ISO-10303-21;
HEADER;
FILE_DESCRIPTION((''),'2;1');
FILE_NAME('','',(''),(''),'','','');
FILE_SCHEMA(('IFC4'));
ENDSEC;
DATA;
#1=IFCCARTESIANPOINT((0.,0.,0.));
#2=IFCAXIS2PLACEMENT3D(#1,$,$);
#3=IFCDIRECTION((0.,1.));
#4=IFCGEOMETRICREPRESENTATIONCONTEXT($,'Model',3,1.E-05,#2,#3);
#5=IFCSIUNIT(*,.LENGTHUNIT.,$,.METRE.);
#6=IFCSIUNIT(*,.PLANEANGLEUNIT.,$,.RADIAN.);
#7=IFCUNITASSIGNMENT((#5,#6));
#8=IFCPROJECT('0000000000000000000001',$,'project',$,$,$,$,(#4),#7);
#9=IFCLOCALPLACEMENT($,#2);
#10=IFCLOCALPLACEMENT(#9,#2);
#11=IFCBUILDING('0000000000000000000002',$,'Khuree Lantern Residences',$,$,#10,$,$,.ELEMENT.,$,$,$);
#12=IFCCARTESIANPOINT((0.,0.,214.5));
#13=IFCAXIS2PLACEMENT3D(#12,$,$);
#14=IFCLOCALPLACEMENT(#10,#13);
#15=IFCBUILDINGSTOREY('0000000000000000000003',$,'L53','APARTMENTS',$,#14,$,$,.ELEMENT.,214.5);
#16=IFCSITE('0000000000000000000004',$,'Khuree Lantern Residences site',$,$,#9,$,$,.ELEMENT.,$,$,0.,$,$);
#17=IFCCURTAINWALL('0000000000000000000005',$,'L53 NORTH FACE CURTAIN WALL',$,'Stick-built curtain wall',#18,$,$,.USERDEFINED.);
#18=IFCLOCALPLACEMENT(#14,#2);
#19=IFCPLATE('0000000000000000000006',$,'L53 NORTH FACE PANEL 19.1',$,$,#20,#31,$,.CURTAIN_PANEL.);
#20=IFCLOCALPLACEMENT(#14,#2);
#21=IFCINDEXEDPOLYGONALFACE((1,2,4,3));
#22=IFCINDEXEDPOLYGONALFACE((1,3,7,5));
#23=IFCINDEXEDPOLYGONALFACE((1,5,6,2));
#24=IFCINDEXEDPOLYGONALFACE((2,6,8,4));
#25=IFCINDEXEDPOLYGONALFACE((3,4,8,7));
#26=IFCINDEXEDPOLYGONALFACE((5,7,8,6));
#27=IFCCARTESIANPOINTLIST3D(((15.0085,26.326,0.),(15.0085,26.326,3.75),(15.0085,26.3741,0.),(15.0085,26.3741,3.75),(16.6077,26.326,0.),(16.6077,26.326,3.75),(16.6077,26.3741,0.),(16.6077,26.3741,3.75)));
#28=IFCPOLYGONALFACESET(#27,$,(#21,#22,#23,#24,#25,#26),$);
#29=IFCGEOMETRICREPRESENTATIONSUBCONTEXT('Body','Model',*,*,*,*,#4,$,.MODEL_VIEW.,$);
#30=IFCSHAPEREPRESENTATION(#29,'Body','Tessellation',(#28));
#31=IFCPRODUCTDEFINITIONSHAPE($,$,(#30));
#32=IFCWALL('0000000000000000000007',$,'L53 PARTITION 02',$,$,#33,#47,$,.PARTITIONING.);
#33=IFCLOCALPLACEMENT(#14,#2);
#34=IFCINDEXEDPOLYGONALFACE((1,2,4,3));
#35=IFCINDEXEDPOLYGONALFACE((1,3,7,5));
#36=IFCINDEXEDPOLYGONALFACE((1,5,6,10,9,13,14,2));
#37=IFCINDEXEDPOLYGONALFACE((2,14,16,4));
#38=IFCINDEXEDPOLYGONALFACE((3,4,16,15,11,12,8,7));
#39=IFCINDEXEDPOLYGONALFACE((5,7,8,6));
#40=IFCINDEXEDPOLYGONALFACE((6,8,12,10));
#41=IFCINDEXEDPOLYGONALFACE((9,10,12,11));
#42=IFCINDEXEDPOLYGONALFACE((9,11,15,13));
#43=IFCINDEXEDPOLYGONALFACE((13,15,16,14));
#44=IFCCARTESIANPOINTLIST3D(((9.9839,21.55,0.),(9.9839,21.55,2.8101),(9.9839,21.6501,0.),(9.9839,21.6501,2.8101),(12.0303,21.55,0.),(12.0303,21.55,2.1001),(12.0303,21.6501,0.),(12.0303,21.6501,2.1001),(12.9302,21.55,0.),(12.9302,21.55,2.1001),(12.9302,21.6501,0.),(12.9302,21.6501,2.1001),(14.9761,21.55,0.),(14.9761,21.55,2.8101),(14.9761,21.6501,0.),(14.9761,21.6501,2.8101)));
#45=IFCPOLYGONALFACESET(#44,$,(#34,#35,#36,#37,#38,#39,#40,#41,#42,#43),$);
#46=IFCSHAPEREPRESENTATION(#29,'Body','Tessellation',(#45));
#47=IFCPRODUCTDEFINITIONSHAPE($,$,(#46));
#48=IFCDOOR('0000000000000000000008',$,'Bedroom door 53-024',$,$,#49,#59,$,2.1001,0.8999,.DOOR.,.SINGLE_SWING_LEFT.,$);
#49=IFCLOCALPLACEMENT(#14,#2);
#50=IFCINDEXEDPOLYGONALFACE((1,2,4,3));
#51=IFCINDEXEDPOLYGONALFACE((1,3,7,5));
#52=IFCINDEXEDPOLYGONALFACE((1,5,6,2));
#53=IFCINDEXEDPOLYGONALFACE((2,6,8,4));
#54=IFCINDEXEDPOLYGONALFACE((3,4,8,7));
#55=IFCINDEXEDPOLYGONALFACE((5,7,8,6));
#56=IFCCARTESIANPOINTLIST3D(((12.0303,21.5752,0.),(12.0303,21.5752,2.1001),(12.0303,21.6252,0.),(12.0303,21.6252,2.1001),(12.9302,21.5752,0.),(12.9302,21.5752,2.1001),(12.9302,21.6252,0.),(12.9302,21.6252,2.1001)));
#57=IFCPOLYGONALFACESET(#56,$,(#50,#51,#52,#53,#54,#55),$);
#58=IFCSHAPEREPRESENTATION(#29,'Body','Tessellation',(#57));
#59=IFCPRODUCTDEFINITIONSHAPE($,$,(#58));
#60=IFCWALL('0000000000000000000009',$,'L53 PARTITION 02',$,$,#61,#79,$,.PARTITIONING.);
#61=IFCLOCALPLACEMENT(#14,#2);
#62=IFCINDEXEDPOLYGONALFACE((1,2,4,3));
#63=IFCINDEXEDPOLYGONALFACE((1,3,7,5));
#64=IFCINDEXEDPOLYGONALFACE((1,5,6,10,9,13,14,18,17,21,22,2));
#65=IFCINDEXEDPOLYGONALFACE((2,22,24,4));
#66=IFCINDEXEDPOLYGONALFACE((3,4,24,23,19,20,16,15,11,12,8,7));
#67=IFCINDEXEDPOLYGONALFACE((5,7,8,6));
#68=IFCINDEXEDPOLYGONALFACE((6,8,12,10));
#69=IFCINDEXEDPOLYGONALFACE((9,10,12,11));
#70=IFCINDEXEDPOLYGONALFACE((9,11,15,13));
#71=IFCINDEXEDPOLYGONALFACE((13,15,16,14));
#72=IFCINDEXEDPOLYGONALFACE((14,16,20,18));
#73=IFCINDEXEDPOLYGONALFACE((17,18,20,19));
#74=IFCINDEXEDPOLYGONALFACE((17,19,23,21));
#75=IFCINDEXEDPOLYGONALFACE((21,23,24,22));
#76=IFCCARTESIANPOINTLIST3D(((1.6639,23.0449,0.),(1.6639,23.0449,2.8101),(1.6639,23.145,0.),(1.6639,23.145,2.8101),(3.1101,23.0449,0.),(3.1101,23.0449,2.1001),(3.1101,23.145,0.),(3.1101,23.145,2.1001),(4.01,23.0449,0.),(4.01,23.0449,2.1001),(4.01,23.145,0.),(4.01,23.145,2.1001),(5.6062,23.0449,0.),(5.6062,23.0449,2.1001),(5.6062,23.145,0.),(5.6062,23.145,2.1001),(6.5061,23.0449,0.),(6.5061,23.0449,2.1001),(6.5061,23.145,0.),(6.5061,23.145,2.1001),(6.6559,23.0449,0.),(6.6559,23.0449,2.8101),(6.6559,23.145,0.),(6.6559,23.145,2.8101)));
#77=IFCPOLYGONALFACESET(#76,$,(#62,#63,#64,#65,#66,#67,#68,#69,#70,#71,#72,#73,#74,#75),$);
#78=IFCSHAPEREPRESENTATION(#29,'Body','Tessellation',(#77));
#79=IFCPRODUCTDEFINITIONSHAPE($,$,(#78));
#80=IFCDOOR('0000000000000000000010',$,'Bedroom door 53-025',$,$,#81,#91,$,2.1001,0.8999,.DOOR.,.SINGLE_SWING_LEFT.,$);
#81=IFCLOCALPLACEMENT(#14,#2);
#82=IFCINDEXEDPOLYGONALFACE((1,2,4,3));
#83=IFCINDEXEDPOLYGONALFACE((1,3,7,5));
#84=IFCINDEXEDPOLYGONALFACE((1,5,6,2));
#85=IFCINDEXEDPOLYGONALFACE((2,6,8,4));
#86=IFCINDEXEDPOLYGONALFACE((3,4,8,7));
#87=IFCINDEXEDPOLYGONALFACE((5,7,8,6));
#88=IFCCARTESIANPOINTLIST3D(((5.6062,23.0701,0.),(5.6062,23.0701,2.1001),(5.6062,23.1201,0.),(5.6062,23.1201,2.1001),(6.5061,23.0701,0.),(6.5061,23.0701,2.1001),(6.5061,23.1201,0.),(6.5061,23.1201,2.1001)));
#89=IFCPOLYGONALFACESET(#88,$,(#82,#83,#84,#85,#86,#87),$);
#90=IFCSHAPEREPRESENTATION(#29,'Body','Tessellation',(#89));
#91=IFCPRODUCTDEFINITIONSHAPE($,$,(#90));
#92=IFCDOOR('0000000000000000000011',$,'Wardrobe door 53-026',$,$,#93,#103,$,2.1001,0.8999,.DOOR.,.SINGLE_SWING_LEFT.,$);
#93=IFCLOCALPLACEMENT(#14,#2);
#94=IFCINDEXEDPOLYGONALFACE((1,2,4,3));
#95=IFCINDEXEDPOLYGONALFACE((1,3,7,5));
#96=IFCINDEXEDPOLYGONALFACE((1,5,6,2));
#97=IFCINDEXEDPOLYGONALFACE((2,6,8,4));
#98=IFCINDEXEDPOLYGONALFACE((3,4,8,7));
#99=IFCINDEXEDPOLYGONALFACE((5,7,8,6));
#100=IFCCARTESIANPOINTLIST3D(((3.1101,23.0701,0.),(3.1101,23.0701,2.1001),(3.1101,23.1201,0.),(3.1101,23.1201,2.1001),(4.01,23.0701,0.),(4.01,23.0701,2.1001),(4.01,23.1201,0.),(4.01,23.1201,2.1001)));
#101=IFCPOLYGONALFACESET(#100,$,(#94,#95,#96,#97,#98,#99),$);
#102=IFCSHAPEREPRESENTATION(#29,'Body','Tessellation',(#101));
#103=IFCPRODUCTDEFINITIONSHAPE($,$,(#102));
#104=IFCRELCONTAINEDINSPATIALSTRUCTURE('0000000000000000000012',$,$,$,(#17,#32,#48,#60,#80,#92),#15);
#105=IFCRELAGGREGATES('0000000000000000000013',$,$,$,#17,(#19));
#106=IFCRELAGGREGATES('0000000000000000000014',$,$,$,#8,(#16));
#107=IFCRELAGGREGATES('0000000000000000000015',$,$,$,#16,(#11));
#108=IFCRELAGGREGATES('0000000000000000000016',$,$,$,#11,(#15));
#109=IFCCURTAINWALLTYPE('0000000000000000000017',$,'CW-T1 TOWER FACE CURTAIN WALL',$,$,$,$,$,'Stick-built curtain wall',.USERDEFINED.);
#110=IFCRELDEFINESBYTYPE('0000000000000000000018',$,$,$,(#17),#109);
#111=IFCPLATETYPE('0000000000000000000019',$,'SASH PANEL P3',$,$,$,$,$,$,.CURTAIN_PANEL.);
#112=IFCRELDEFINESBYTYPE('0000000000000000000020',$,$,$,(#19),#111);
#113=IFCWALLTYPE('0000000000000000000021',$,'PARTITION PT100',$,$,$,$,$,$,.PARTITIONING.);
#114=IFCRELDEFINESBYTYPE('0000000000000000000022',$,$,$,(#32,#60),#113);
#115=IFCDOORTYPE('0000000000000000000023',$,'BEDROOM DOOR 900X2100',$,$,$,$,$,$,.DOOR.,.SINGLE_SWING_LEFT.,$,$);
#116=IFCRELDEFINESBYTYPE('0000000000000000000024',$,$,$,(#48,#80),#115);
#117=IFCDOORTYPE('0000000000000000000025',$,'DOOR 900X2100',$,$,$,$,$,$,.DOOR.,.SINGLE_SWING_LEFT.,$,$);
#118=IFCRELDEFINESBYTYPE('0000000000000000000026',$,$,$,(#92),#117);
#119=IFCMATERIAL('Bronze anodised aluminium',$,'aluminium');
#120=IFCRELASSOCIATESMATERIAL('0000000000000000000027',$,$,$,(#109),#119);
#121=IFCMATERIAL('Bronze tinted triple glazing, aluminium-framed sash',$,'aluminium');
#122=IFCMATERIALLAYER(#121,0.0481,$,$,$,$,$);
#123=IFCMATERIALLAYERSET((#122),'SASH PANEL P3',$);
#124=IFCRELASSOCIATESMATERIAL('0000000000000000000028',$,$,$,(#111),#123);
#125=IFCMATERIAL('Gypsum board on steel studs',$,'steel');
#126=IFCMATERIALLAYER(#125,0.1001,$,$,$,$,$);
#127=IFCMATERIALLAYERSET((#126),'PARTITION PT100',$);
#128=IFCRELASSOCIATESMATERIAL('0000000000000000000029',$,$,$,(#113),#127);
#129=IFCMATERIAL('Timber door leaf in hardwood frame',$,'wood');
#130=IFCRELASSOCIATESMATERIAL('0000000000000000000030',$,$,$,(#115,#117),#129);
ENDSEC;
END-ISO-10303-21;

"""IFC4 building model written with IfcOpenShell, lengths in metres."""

from ifc_helpers import new_model, si_unit, direction, frame, frame_2d, origin, origin_2d, place, context, subcontext, project, spatial, rectangle, extrude, material, layer, layer_set, type_object, element, fill, aggregate, save


model = new_model("IFC4")

# Units and contexts
model_context = context("Model", 3, precision=1e-05, world=origin(), true_north=direction((0.0, 1.0)))
body_context = subcontext(model_context, "Body", "Model", "MODEL_VIEW")
ifc_project = project(units=[si_unit("LENGTHUNIT", "METRE"), si_unit("PLANEANGLEUNIT", "RADIAN")], contexts=[model_context])

# Site, building, storey
site_placement = place(None, origin())
site = spatial("IfcSite", under=ifc_project, at=site_placement, Name="Khuree Lantern Residences site", CompositionType="ELEMENT", RefElevation=0.0)
building_placement = place(site_placement, origin())
building = spatial("IfcBuilding", under=site, at=building_placement, Name="Khuree Lantern Residences", CompositionType="ELEMENT")
storey_placement = place(building_placement, frame((0.0, 0.0, 214.5)))
storey = spatial("IfcBuildingStorey", under=building, at=storey_placement, Name="L53", Description="APARTMENTS", CompositionType="ELEMENT", Elevation=214.5)

# Curtain wall
ifc_material_1 = material(Name="Bronze anodised aluminium", Category="aluminium")
curtain_wall_type = type_object("IfcCurtainWallType", Name="CW-T1 TOWER FACE CURTAIN WALL", ElementType="Stick-built curtain wall", PredefinedType="USERDEFINED", material=ifc_material_1)
curtain_wall_placement = place(storey_placement, origin())
curtain_wall = element("IfcCurtainWall", 1, at=curtain_wall_placement, inside=storey, type_object=curtain_wall_type, Name="L53 NORTH FACE CURTAIN WALL", ObjectType="Stick-built curtain wall", PredefinedType="USERDEFINED")

# Plate
ifc_material_2 = material(Name="Bronze tinted triple glazing, aluminium-framed sash", Category="aluminium")
ifc_layer_1 = layer(ifc_material_2, 0.0481)
ifc_layer_set_1 = layer_set([ifc_layer_1], Name="SASH PANEL P3")
plate_type_1 = type_object("IfcPlateType", Name="SASH PANEL P3", PredefinedType="CURTAIN_PANEL", material=ifc_layer_set_1)
plate_1_placement = place(storey_placement, frame((15.8081, 26.3501, 0.0), z_axis=(0.0, 0.0, 1.0), x_axis=(-1.0, 0.0, 0.0)))
plate_1 = element("IfcPlate", 2, at=plate_1_placement, type_object=plate_type_1, Name="L53 NORTH FACE PANEL 19.1", PredefinedType="CURTAIN_PANEL", context=body_context, shape_type="SweptSolid", body=[
    extrude(rectangle(XDim=1.5991, YDim=0.0481, at=origin_2d()), origin(), (0.0, 0.0, 1.0), 3.75),
])
aggregate(curtain_wall, [plate_1])

# Wall, opening, door
ifc_material_3 = material(Name="Gypsum board on steel studs", Category="steel")
ifc_layer_2 = layer(ifc_material_3, 0.1001)
ifc_layer_set_2 = layer_set([ifc_layer_2], Name="PARTITION PT100")
wall_type = type_object("IfcWallType", Name="PARTITION PT100", PredefinedType="PARTITIONING", material=ifc_layer_set_2)
wall_1_placement = place(storey_placement, frame((14.9761, 21.6001, 0.0), z_axis=(0.0, 0.0, 1.0), x_axis=(-1.0, 0.0, 0.0)))
wall_1 = element("IfcWall", 3, at=wall_1_placement, inside=storey, type_object=wall_type, Name="L53 PARTITION 02", PredefinedType="PARTITIONING", context=body_context, shape_type="SweptSolid", body=[
    extrude(rectangle(XDim=4.9922, YDim=0.1001, at=frame_2d((2.4961, 0.0))), origin(), (0.0, 0.0, 1.0), 2.8101),
])
opening_1_placement = place(wall_1_placement, frame((2.0459, 0.0, 0.0)))
opening_1 = element("IfcOpeningElement", 4, at=opening_1_placement, cuts=wall_1, PredefinedType="OPENING", context=body_context, shape_type="SweptSolid", body=[
    extrude(rectangle(XDim=0.8999, YDim=2.1001, at=frame_2d((0.45, 1.05))), frame((0.0, 0.0601, 0.0), z_axis=(0.0, -1.0, 0.0), x_axis=(1.0, 0.0, 0.0)), (0.0, 0.0, 1.0), 0.1201),
])
ifc_material_4 = material(Name="Timber door leaf in hardwood frame", Category="wood")
door_type_1 = type_object("IfcDoorType", Name="BEDROOM DOOR 900X2100", OperationType="SINGLE_SWING_LEFT", PredefinedType="DOOR", material=ifc_material_4)
door_1_placement = place(opening_1_placement, origin())
door_1 = element("IfcDoor", 5, at=door_1_placement, inside=storey, type_object=door_type_1, Name="Bedroom door 53-024", OperationType="SINGLE_SWING_LEFT", OverallHeight=2.1001, OverallWidth=0.8999, PredefinedType="DOOR", context=body_context, shape_type="SweptSolid", body=[
    extrude(rectangle(XDim=0.8999, YDim=2.1001, at=frame_2d((0.45, 1.05))), frame((0.0, 0.0249, 0.0), z_axis=(0.0, -1.0, 0.0), x_axis=(1.0, 0.0, 0.0)), (0.0, 0.0, 1.0), 0.05),
])
fill(opening_1, door_1)

# Wall, openings, doors
wall_2_placement = place(storey_placement, frame((6.656, 23.095, 0.0), z_axis=(0.0, 0.0, 1.0), x_axis=(-1.0, 0.0, 0.0)))
wall_2 = element("IfcWall", 6, at=wall_2_placement, inside=storey, type_object=wall_type, Name="L53 PARTITION 02", PredefinedType="PARTITIONING", context=body_context, shape_type="SweptSolid", body=[
    extrude(rectangle(XDim=4.9919, YDim=0.1001, at=frame_2d((2.4961, 0.0))), origin(), (0.0, 0.0, 1.0), 2.8101),
])
opening_2_placement = place(wall_2_placement, frame((0.1499, 0.0, 0.0)))
opening_2 = element("IfcOpeningElement", 7, at=opening_2_placement, cuts=wall_2, PredefinedType="OPENING", context=body_context, shape_type="SweptSolid", body=[
    extrude(rectangle(XDim=0.8999, YDim=2.1001, at=frame_2d((0.45, 1.05))), frame((0.0, 0.0601, 0.0), z_axis=(0.0, -1.0, 0.0), x_axis=(1.0, 0.0, 0.0)), (0.0, 0.0, 1.0), 0.1201),
])
opening_3_placement = place(wall_2_placement, frame((2.646, 0.0, 0.0)))
opening_3 = element("IfcOpeningElement", 8, at=opening_3_placement, cuts=wall_2, PredefinedType="OPENING", context=body_context, shape_type="SweptSolid", body=[
    extrude(rectangle(XDim=0.8999, YDim=2.1001, at=frame_2d((0.45, 1.05))), frame((0.0, 0.0601, 0.0), z_axis=(0.0, -1.0, 0.0), x_axis=(1.0, 0.0, 0.0)), (0.0, 0.0, 1.0), 0.1201),
])
door_2_placement = place(opening_2_placement, origin())
door_2 = element("IfcDoor", 9, at=door_2_placement, inside=storey, type_object=door_type_1, Name="Bedroom door 53-025", OperationType="SINGLE_SWING_LEFT", OverallHeight=2.1001, OverallWidth=0.8999, PredefinedType="DOOR", context=body_context, shape_type="SweptSolid", body=[
    extrude(rectangle(XDim=0.8999, YDim=2.1001, at=frame_2d((0.45, 1.05))), frame((0.0, 0.0249, 0.0), z_axis=(0.0, -1.0, 0.0), x_axis=(1.0, 0.0, 0.0)), (0.0, 0.0, 1.0), 0.05),
])
fill(opening_2, door_2)
door_type_2 = type_object("IfcDoorType", Name="DOOR 900X2100", OperationType="SINGLE_SWING_LEFT", PredefinedType="DOOR", material=ifc_material_4)
door_3_placement = place(opening_3_placement, origin())
door_3 = element("IfcDoor", 10, at=door_3_placement, inside=storey, type_object=door_type_2, Name="Wardrobe door 53-026", OperationType="SINGLE_SWING_LEFT", OverallHeight=2.1001, OverallWidth=0.8999, PredefinedType="DOOR", context=body_context, shape_type="SweptSolid", body=[
    extrude(rectangle(XDim=0.8999, YDim=2.1001, at=frame_2d((0.45, 1.05))), frame((0.0, 0.0249, 0.0), z_axis=(0.0, -1.0, 0.0), x_axis=(1.0, 0.0, 0.0)), (0.0, 0.0, 1.0), 0.05),
])
fill(opening_3, door_3)

save(model, "model.ifc")
